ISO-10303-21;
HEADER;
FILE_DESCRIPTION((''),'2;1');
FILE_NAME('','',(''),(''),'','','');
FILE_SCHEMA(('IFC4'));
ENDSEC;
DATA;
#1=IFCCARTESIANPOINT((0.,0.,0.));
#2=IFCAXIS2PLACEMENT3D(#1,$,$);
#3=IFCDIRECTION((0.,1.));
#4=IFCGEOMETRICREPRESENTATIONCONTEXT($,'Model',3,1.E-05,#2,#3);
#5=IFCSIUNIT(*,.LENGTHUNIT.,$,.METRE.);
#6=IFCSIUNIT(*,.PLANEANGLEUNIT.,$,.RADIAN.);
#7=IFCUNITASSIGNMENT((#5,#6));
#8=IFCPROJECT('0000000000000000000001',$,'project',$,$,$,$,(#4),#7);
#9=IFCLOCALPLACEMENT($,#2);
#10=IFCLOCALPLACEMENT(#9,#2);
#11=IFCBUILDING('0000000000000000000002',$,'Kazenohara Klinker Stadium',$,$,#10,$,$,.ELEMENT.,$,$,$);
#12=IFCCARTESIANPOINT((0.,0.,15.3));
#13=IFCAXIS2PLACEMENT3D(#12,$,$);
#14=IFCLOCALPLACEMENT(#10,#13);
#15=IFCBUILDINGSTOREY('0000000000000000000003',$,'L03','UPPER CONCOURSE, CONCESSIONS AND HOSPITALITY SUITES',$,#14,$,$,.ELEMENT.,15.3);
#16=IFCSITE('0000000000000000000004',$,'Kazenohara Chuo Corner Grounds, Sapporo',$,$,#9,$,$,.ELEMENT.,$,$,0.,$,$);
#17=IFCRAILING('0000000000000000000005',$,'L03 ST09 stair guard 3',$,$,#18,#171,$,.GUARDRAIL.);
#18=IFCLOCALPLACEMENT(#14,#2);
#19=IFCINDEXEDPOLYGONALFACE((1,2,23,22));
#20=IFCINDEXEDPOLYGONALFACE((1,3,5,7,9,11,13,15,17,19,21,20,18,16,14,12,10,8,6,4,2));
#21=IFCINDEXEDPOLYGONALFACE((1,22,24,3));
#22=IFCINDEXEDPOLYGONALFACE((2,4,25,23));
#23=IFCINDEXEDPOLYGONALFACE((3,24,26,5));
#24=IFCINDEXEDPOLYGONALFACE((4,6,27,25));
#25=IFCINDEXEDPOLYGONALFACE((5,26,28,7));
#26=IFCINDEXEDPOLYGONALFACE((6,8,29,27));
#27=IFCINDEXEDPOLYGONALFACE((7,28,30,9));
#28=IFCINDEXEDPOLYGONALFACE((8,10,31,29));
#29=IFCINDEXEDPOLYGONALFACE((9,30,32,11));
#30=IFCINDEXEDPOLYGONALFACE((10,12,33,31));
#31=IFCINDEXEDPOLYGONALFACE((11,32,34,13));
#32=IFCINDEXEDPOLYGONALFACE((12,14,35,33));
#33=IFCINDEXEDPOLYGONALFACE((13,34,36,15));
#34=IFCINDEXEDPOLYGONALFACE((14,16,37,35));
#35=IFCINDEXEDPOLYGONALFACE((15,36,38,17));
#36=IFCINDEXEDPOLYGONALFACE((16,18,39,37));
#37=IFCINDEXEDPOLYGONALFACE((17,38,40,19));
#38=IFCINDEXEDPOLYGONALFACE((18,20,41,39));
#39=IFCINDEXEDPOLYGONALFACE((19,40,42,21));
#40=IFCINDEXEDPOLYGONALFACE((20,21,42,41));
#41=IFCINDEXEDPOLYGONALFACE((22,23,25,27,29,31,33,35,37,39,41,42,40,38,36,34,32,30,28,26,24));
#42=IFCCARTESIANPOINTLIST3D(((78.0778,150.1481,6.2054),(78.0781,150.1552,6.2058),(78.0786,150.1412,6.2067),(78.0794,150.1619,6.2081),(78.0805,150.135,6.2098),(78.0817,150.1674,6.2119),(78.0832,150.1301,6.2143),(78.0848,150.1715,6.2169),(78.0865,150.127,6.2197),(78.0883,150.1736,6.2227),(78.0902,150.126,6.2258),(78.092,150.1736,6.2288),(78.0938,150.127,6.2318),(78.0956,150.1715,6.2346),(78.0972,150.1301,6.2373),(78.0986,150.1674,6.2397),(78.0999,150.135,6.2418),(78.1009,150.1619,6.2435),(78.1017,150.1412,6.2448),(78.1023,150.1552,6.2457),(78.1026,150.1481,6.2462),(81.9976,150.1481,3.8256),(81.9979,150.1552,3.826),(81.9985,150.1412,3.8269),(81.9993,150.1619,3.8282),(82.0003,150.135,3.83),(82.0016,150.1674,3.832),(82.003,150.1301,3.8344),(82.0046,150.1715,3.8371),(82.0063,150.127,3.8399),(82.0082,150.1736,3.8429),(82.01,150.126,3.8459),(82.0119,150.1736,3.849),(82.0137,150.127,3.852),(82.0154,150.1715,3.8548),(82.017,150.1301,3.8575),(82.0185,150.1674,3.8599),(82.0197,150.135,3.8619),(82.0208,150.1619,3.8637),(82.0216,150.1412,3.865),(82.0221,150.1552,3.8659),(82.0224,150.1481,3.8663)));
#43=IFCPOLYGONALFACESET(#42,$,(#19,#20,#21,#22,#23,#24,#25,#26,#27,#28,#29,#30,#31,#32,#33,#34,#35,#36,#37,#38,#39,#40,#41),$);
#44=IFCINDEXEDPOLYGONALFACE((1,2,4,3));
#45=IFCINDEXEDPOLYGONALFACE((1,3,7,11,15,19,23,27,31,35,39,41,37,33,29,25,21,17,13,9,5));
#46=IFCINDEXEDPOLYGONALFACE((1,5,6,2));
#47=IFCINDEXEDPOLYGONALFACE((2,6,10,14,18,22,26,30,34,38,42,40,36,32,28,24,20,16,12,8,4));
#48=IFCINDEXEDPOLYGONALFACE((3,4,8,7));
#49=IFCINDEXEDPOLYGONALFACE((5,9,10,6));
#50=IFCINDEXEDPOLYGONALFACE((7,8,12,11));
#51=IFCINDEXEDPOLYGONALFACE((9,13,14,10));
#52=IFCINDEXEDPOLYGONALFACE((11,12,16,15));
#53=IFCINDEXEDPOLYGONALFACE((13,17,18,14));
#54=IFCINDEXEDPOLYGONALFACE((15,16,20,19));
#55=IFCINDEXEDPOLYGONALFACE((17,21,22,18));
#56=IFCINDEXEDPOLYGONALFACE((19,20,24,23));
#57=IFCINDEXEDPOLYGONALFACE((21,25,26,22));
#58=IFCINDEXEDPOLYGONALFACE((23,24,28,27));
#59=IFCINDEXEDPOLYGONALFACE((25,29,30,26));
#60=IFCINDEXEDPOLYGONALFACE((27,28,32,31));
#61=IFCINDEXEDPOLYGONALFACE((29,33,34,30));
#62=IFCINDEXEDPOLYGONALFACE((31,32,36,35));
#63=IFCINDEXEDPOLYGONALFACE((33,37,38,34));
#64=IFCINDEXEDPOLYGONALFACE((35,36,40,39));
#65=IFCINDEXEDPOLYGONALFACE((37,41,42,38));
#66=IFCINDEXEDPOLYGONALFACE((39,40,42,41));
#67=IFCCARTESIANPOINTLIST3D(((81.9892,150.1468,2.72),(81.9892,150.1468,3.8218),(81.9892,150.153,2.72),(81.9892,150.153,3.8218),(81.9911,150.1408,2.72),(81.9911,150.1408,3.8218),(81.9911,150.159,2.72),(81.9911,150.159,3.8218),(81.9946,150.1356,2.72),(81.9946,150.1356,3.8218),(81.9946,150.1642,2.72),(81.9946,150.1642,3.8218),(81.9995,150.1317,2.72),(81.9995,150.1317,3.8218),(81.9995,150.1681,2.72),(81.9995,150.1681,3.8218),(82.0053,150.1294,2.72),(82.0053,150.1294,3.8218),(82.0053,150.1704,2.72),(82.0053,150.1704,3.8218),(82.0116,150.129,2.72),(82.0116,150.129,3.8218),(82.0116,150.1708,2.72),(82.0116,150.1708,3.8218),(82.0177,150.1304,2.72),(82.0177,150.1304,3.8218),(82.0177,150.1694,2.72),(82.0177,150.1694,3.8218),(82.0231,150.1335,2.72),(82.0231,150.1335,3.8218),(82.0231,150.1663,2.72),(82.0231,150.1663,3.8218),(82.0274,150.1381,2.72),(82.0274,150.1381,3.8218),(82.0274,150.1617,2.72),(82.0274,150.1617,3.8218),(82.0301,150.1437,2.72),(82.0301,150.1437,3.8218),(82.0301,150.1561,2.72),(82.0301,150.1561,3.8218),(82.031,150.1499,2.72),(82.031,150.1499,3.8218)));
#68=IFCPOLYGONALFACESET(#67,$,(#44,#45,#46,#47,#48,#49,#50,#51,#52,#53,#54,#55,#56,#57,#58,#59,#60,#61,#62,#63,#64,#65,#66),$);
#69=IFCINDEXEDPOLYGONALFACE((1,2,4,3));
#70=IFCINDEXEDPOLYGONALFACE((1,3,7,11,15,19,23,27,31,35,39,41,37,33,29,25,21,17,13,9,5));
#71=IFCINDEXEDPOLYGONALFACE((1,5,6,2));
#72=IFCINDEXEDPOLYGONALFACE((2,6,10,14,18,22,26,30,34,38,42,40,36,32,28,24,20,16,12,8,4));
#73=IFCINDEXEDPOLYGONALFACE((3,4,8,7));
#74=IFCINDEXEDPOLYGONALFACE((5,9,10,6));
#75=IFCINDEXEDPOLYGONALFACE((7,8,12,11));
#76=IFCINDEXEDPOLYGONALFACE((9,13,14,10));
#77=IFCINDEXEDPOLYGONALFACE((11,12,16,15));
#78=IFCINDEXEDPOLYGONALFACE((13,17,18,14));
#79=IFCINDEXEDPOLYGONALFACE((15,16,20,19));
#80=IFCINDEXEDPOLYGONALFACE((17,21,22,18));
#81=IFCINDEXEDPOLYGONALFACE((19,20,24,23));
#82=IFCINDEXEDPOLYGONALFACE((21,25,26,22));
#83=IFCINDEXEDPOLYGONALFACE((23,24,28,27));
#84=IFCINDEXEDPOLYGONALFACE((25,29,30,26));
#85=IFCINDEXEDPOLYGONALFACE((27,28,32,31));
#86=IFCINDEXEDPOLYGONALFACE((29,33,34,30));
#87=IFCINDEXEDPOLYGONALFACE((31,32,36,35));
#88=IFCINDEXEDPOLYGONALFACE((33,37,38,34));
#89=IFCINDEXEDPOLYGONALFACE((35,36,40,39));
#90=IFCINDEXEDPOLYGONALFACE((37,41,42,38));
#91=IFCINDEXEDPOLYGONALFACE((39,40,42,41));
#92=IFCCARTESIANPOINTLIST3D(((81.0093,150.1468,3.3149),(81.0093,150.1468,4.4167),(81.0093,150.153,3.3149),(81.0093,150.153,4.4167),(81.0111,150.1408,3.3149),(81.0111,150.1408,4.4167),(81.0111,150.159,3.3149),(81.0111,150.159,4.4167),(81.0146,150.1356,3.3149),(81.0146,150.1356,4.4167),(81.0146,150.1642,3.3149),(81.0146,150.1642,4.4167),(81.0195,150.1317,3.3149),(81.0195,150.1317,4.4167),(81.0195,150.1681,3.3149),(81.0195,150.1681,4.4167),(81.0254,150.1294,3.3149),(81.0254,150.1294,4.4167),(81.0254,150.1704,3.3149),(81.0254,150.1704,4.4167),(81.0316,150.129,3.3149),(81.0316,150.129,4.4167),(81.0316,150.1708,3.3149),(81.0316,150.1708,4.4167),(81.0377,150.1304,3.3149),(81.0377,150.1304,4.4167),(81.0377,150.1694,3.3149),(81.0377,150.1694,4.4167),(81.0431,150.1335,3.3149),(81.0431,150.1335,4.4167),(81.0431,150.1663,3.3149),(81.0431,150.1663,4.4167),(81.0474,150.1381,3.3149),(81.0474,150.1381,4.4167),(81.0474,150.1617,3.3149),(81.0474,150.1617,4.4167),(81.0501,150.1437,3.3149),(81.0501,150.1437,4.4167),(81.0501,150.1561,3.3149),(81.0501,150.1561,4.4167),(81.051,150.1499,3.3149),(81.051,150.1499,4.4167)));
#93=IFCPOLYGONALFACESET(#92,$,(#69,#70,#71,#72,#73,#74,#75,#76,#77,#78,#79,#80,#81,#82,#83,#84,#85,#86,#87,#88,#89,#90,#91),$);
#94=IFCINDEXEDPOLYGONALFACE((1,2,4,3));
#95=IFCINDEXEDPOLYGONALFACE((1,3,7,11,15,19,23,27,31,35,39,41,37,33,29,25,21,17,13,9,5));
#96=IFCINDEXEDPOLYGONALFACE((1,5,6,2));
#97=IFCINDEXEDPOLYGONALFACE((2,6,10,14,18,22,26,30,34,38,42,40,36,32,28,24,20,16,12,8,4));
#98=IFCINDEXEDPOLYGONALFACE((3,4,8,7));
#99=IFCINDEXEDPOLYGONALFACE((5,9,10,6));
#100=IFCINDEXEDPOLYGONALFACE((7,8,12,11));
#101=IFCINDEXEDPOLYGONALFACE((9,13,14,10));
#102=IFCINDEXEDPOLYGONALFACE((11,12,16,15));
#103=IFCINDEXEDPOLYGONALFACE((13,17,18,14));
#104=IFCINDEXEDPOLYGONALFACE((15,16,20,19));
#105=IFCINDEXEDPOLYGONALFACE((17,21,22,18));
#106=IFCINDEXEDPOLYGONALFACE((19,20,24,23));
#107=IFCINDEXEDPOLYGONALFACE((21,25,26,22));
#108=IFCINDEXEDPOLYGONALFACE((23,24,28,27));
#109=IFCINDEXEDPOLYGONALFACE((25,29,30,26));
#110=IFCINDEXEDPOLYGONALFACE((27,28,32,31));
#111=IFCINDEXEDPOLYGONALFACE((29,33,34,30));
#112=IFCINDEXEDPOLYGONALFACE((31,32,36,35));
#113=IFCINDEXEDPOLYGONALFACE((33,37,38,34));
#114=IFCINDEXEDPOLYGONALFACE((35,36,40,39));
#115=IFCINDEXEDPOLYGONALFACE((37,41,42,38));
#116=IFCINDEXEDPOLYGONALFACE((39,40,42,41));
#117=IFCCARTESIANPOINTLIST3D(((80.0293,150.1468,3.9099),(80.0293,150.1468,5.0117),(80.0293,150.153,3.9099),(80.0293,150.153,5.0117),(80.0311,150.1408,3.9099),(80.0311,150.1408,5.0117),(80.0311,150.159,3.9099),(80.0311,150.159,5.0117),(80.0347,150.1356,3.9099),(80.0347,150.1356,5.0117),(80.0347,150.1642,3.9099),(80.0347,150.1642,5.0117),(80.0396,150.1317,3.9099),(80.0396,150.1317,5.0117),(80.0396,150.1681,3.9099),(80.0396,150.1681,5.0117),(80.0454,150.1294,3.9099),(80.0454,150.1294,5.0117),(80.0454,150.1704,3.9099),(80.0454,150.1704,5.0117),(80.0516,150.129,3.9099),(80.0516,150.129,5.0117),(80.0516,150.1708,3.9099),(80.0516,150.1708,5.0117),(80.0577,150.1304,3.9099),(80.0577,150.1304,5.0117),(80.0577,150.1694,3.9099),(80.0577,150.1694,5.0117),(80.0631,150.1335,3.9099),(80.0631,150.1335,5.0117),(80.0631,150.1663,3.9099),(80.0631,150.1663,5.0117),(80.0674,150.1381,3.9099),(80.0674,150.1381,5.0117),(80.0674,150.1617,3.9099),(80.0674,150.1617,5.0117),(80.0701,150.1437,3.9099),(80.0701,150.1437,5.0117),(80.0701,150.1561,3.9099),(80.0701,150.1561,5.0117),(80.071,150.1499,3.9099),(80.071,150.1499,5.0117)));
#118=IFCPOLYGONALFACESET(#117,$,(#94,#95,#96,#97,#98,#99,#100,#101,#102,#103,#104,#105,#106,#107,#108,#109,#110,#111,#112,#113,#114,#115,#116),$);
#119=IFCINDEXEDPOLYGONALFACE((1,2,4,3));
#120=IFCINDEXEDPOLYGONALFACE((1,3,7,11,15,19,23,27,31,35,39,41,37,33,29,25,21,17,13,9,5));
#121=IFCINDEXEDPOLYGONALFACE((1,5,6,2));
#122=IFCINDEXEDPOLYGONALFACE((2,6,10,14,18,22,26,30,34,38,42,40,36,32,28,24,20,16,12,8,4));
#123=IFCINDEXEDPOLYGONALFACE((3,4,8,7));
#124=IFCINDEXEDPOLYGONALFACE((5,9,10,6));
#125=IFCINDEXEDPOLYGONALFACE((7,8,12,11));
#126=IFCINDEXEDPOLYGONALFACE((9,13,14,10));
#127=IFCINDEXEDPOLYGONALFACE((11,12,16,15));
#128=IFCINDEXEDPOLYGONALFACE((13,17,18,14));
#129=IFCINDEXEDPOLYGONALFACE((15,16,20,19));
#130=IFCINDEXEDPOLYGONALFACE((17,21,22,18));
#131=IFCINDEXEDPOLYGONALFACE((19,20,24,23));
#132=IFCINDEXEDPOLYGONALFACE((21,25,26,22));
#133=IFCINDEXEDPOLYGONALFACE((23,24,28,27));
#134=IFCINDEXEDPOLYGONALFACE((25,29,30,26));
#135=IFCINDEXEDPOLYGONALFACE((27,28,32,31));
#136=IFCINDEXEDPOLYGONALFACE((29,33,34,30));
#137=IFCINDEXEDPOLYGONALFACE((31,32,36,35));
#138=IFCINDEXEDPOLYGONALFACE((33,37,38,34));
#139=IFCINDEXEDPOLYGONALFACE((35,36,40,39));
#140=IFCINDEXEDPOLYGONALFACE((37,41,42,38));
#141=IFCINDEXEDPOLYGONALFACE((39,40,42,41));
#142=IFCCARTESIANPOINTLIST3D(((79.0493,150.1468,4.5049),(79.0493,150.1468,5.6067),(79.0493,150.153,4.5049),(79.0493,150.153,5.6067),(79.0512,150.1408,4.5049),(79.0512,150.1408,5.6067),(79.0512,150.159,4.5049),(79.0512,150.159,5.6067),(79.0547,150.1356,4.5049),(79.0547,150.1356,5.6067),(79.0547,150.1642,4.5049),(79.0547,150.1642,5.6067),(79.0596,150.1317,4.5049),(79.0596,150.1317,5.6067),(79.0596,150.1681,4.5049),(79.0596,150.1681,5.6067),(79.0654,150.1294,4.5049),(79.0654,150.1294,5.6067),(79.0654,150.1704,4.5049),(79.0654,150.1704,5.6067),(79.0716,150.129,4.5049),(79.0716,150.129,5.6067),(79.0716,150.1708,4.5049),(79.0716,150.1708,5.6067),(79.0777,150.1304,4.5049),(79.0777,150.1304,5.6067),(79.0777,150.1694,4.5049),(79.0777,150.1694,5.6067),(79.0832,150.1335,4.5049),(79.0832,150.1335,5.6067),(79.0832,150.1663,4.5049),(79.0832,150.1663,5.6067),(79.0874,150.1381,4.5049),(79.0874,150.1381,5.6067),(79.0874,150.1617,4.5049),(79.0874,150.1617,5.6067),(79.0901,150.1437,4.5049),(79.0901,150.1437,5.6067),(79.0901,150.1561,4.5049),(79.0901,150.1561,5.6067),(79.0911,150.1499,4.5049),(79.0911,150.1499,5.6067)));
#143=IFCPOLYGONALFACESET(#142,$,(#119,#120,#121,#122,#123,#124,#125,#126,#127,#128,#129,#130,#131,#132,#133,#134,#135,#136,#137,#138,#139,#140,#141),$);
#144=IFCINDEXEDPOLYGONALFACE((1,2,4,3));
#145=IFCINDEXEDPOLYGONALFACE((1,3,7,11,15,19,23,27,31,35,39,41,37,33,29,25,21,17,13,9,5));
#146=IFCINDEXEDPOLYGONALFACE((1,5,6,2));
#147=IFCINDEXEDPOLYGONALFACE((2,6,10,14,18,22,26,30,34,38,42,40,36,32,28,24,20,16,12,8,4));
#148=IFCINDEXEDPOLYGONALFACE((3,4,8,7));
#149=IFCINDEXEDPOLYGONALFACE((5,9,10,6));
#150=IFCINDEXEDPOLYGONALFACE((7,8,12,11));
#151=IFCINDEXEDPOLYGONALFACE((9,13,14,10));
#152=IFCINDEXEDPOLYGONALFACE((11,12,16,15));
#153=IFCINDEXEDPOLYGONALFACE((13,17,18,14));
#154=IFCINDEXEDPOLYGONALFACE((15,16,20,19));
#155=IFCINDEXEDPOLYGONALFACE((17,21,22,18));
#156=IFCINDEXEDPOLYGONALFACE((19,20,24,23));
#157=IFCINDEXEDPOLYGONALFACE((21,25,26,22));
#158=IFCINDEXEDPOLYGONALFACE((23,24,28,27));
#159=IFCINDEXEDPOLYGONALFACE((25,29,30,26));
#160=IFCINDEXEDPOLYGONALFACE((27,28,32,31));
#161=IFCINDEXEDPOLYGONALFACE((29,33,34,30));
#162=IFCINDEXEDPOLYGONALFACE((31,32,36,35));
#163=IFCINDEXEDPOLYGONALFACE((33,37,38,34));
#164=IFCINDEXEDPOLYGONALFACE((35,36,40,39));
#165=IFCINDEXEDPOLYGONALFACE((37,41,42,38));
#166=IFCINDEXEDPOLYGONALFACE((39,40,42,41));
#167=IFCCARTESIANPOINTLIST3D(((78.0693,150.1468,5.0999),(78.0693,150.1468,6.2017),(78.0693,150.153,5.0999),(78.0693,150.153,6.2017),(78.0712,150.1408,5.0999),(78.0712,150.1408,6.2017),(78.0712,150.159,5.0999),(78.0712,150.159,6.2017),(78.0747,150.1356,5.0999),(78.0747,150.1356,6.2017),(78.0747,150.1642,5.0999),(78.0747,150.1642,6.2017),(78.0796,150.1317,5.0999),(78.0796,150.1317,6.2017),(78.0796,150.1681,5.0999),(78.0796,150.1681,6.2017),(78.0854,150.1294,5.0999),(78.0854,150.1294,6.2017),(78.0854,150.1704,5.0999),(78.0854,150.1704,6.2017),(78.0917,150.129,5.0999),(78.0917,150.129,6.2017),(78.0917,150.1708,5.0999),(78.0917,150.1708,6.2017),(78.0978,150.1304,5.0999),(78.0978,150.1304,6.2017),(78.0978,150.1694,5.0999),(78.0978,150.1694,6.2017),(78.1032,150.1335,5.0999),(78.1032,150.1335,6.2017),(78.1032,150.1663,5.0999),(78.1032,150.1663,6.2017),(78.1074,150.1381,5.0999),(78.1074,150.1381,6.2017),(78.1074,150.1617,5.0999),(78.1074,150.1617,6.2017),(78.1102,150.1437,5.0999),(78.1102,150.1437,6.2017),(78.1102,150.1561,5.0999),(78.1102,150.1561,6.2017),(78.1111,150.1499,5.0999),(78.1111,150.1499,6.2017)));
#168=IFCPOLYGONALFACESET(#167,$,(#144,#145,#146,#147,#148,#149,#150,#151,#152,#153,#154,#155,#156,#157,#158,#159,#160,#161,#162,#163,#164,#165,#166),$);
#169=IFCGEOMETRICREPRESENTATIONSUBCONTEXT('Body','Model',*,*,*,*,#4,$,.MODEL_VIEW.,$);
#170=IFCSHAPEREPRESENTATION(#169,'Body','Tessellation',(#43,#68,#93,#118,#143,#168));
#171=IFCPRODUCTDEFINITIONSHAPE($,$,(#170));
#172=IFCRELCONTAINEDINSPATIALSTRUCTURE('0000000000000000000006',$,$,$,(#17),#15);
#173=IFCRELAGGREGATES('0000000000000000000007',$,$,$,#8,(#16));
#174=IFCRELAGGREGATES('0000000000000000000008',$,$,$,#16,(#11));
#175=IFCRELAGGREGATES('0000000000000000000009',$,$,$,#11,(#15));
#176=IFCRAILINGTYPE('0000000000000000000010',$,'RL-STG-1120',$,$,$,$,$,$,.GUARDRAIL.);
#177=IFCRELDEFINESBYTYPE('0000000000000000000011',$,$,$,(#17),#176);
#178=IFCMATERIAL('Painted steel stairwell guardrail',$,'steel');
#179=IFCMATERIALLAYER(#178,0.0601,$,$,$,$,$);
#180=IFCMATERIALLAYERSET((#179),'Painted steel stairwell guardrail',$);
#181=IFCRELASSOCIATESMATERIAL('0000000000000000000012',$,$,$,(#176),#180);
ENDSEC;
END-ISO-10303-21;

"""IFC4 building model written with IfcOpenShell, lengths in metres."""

from ifc_helpers import new_model, si_unit, direction, frame, origin, origin_2d, place, context, subcontext, project, spatial, circle, extrude, material, layer, layer_set, type_object, element, save


model = new_model("IFC4")

# Units and contexts
model_context = context("Model", 3, precision=1e-05, world=origin(), true_north=direction((0.0, 1.0)))
body_context = subcontext(model_context, "Body", "Model", "MODEL_VIEW")
ifc_project = project(units=[si_unit("LENGTHUNIT", "METRE"), si_unit("PLANEANGLEUNIT", "RADIAN")], contexts=[model_context])

# Site, building, storey
site_placement = place(None, origin())
site = spatial("IfcSite", under=ifc_project, at=site_placement, Name="Kazenohara Chuo Corner Grounds, Sapporo", CompositionType="ELEMENT", RefElevation=0.0)
building_placement = place(site_placement, origin())
building = spatial("IfcBuilding", under=site, at=building_placement, Name="Kazenohara Klinker Stadium", CompositionType="ELEMENT")
storey_placement = place(building_placement, frame((0.0, 0.0, 15.3)))
storey = spatial("IfcBuildingStorey", under=building, at=storey_placement, Name="L03", Description="UPPER CONCOURSE, CONCESSIONS AND HOSPITALITY SUITES", CompositionType="ELEMENT", Elevation=15.3)

# Railing
ifc_material_1 = material(Name="Painted steel stairwell guardrail", Category="steel")
ifc_layer_1 = layer(ifc_material_1, 0.0601)
ifc_layer_set_1 = layer_set([ifc_layer_1], Name="Painted steel stairwell guardrail")
railing_type_1 = type_object("IfcRailingType", Name="RL-STG-1120", PredefinedType="GUARDRAIL", material=ifc_layer_set_1)
railing_1_placement = place(storey_placement, frame((82.01, 150.1499, 2.72)))
element("IfcRailing", 1, at=railing_1_placement, inside=storey, type_object=railing_type_1, Name="L03 ST09 stair guard 3", PredefinedType="GUARDRAIL", context=body_context, shape_type="SweptSolid", body=[
    extrude(circle(Radius=0.0239, at=origin_2d()), frame((0.0, 0.0, 1.126), z_axis=(-0.854794, 0.0, 0.518967), x_axis=(0.0, -1.0, 0.0)), (0.0, 0.0, 1.0), 4.5857),
    extrude(circle(Radius=0.021, at=origin_2d()), origin(), (0.0, 0.0, 1.0), 1.1018),
    extrude(circle(Radius=0.021, at=origin_2d()), frame((-0.98, 0.0, 0.595)), (0.0, 0.0, 1.0), 1.1018),
    extrude(circle(Radius=0.021, at=origin_2d()), frame((-1.96, 0.0, 1.1899)), (0.0, 0.0, 1.0), 1.1018),
    extrude(circle(Radius=0.021, at=origin_2d()), frame((-2.9399, 0.0, 1.7849)), (0.0, 0.0, 1.0), 1.1018),
    extrude(circle(Radius=0.021, at=origin_2d()), frame((-3.9199, 0.0, 2.3799)), (0.0, 0.0, 1.0), 1.1018),
])

save(model, "model.ifc")
